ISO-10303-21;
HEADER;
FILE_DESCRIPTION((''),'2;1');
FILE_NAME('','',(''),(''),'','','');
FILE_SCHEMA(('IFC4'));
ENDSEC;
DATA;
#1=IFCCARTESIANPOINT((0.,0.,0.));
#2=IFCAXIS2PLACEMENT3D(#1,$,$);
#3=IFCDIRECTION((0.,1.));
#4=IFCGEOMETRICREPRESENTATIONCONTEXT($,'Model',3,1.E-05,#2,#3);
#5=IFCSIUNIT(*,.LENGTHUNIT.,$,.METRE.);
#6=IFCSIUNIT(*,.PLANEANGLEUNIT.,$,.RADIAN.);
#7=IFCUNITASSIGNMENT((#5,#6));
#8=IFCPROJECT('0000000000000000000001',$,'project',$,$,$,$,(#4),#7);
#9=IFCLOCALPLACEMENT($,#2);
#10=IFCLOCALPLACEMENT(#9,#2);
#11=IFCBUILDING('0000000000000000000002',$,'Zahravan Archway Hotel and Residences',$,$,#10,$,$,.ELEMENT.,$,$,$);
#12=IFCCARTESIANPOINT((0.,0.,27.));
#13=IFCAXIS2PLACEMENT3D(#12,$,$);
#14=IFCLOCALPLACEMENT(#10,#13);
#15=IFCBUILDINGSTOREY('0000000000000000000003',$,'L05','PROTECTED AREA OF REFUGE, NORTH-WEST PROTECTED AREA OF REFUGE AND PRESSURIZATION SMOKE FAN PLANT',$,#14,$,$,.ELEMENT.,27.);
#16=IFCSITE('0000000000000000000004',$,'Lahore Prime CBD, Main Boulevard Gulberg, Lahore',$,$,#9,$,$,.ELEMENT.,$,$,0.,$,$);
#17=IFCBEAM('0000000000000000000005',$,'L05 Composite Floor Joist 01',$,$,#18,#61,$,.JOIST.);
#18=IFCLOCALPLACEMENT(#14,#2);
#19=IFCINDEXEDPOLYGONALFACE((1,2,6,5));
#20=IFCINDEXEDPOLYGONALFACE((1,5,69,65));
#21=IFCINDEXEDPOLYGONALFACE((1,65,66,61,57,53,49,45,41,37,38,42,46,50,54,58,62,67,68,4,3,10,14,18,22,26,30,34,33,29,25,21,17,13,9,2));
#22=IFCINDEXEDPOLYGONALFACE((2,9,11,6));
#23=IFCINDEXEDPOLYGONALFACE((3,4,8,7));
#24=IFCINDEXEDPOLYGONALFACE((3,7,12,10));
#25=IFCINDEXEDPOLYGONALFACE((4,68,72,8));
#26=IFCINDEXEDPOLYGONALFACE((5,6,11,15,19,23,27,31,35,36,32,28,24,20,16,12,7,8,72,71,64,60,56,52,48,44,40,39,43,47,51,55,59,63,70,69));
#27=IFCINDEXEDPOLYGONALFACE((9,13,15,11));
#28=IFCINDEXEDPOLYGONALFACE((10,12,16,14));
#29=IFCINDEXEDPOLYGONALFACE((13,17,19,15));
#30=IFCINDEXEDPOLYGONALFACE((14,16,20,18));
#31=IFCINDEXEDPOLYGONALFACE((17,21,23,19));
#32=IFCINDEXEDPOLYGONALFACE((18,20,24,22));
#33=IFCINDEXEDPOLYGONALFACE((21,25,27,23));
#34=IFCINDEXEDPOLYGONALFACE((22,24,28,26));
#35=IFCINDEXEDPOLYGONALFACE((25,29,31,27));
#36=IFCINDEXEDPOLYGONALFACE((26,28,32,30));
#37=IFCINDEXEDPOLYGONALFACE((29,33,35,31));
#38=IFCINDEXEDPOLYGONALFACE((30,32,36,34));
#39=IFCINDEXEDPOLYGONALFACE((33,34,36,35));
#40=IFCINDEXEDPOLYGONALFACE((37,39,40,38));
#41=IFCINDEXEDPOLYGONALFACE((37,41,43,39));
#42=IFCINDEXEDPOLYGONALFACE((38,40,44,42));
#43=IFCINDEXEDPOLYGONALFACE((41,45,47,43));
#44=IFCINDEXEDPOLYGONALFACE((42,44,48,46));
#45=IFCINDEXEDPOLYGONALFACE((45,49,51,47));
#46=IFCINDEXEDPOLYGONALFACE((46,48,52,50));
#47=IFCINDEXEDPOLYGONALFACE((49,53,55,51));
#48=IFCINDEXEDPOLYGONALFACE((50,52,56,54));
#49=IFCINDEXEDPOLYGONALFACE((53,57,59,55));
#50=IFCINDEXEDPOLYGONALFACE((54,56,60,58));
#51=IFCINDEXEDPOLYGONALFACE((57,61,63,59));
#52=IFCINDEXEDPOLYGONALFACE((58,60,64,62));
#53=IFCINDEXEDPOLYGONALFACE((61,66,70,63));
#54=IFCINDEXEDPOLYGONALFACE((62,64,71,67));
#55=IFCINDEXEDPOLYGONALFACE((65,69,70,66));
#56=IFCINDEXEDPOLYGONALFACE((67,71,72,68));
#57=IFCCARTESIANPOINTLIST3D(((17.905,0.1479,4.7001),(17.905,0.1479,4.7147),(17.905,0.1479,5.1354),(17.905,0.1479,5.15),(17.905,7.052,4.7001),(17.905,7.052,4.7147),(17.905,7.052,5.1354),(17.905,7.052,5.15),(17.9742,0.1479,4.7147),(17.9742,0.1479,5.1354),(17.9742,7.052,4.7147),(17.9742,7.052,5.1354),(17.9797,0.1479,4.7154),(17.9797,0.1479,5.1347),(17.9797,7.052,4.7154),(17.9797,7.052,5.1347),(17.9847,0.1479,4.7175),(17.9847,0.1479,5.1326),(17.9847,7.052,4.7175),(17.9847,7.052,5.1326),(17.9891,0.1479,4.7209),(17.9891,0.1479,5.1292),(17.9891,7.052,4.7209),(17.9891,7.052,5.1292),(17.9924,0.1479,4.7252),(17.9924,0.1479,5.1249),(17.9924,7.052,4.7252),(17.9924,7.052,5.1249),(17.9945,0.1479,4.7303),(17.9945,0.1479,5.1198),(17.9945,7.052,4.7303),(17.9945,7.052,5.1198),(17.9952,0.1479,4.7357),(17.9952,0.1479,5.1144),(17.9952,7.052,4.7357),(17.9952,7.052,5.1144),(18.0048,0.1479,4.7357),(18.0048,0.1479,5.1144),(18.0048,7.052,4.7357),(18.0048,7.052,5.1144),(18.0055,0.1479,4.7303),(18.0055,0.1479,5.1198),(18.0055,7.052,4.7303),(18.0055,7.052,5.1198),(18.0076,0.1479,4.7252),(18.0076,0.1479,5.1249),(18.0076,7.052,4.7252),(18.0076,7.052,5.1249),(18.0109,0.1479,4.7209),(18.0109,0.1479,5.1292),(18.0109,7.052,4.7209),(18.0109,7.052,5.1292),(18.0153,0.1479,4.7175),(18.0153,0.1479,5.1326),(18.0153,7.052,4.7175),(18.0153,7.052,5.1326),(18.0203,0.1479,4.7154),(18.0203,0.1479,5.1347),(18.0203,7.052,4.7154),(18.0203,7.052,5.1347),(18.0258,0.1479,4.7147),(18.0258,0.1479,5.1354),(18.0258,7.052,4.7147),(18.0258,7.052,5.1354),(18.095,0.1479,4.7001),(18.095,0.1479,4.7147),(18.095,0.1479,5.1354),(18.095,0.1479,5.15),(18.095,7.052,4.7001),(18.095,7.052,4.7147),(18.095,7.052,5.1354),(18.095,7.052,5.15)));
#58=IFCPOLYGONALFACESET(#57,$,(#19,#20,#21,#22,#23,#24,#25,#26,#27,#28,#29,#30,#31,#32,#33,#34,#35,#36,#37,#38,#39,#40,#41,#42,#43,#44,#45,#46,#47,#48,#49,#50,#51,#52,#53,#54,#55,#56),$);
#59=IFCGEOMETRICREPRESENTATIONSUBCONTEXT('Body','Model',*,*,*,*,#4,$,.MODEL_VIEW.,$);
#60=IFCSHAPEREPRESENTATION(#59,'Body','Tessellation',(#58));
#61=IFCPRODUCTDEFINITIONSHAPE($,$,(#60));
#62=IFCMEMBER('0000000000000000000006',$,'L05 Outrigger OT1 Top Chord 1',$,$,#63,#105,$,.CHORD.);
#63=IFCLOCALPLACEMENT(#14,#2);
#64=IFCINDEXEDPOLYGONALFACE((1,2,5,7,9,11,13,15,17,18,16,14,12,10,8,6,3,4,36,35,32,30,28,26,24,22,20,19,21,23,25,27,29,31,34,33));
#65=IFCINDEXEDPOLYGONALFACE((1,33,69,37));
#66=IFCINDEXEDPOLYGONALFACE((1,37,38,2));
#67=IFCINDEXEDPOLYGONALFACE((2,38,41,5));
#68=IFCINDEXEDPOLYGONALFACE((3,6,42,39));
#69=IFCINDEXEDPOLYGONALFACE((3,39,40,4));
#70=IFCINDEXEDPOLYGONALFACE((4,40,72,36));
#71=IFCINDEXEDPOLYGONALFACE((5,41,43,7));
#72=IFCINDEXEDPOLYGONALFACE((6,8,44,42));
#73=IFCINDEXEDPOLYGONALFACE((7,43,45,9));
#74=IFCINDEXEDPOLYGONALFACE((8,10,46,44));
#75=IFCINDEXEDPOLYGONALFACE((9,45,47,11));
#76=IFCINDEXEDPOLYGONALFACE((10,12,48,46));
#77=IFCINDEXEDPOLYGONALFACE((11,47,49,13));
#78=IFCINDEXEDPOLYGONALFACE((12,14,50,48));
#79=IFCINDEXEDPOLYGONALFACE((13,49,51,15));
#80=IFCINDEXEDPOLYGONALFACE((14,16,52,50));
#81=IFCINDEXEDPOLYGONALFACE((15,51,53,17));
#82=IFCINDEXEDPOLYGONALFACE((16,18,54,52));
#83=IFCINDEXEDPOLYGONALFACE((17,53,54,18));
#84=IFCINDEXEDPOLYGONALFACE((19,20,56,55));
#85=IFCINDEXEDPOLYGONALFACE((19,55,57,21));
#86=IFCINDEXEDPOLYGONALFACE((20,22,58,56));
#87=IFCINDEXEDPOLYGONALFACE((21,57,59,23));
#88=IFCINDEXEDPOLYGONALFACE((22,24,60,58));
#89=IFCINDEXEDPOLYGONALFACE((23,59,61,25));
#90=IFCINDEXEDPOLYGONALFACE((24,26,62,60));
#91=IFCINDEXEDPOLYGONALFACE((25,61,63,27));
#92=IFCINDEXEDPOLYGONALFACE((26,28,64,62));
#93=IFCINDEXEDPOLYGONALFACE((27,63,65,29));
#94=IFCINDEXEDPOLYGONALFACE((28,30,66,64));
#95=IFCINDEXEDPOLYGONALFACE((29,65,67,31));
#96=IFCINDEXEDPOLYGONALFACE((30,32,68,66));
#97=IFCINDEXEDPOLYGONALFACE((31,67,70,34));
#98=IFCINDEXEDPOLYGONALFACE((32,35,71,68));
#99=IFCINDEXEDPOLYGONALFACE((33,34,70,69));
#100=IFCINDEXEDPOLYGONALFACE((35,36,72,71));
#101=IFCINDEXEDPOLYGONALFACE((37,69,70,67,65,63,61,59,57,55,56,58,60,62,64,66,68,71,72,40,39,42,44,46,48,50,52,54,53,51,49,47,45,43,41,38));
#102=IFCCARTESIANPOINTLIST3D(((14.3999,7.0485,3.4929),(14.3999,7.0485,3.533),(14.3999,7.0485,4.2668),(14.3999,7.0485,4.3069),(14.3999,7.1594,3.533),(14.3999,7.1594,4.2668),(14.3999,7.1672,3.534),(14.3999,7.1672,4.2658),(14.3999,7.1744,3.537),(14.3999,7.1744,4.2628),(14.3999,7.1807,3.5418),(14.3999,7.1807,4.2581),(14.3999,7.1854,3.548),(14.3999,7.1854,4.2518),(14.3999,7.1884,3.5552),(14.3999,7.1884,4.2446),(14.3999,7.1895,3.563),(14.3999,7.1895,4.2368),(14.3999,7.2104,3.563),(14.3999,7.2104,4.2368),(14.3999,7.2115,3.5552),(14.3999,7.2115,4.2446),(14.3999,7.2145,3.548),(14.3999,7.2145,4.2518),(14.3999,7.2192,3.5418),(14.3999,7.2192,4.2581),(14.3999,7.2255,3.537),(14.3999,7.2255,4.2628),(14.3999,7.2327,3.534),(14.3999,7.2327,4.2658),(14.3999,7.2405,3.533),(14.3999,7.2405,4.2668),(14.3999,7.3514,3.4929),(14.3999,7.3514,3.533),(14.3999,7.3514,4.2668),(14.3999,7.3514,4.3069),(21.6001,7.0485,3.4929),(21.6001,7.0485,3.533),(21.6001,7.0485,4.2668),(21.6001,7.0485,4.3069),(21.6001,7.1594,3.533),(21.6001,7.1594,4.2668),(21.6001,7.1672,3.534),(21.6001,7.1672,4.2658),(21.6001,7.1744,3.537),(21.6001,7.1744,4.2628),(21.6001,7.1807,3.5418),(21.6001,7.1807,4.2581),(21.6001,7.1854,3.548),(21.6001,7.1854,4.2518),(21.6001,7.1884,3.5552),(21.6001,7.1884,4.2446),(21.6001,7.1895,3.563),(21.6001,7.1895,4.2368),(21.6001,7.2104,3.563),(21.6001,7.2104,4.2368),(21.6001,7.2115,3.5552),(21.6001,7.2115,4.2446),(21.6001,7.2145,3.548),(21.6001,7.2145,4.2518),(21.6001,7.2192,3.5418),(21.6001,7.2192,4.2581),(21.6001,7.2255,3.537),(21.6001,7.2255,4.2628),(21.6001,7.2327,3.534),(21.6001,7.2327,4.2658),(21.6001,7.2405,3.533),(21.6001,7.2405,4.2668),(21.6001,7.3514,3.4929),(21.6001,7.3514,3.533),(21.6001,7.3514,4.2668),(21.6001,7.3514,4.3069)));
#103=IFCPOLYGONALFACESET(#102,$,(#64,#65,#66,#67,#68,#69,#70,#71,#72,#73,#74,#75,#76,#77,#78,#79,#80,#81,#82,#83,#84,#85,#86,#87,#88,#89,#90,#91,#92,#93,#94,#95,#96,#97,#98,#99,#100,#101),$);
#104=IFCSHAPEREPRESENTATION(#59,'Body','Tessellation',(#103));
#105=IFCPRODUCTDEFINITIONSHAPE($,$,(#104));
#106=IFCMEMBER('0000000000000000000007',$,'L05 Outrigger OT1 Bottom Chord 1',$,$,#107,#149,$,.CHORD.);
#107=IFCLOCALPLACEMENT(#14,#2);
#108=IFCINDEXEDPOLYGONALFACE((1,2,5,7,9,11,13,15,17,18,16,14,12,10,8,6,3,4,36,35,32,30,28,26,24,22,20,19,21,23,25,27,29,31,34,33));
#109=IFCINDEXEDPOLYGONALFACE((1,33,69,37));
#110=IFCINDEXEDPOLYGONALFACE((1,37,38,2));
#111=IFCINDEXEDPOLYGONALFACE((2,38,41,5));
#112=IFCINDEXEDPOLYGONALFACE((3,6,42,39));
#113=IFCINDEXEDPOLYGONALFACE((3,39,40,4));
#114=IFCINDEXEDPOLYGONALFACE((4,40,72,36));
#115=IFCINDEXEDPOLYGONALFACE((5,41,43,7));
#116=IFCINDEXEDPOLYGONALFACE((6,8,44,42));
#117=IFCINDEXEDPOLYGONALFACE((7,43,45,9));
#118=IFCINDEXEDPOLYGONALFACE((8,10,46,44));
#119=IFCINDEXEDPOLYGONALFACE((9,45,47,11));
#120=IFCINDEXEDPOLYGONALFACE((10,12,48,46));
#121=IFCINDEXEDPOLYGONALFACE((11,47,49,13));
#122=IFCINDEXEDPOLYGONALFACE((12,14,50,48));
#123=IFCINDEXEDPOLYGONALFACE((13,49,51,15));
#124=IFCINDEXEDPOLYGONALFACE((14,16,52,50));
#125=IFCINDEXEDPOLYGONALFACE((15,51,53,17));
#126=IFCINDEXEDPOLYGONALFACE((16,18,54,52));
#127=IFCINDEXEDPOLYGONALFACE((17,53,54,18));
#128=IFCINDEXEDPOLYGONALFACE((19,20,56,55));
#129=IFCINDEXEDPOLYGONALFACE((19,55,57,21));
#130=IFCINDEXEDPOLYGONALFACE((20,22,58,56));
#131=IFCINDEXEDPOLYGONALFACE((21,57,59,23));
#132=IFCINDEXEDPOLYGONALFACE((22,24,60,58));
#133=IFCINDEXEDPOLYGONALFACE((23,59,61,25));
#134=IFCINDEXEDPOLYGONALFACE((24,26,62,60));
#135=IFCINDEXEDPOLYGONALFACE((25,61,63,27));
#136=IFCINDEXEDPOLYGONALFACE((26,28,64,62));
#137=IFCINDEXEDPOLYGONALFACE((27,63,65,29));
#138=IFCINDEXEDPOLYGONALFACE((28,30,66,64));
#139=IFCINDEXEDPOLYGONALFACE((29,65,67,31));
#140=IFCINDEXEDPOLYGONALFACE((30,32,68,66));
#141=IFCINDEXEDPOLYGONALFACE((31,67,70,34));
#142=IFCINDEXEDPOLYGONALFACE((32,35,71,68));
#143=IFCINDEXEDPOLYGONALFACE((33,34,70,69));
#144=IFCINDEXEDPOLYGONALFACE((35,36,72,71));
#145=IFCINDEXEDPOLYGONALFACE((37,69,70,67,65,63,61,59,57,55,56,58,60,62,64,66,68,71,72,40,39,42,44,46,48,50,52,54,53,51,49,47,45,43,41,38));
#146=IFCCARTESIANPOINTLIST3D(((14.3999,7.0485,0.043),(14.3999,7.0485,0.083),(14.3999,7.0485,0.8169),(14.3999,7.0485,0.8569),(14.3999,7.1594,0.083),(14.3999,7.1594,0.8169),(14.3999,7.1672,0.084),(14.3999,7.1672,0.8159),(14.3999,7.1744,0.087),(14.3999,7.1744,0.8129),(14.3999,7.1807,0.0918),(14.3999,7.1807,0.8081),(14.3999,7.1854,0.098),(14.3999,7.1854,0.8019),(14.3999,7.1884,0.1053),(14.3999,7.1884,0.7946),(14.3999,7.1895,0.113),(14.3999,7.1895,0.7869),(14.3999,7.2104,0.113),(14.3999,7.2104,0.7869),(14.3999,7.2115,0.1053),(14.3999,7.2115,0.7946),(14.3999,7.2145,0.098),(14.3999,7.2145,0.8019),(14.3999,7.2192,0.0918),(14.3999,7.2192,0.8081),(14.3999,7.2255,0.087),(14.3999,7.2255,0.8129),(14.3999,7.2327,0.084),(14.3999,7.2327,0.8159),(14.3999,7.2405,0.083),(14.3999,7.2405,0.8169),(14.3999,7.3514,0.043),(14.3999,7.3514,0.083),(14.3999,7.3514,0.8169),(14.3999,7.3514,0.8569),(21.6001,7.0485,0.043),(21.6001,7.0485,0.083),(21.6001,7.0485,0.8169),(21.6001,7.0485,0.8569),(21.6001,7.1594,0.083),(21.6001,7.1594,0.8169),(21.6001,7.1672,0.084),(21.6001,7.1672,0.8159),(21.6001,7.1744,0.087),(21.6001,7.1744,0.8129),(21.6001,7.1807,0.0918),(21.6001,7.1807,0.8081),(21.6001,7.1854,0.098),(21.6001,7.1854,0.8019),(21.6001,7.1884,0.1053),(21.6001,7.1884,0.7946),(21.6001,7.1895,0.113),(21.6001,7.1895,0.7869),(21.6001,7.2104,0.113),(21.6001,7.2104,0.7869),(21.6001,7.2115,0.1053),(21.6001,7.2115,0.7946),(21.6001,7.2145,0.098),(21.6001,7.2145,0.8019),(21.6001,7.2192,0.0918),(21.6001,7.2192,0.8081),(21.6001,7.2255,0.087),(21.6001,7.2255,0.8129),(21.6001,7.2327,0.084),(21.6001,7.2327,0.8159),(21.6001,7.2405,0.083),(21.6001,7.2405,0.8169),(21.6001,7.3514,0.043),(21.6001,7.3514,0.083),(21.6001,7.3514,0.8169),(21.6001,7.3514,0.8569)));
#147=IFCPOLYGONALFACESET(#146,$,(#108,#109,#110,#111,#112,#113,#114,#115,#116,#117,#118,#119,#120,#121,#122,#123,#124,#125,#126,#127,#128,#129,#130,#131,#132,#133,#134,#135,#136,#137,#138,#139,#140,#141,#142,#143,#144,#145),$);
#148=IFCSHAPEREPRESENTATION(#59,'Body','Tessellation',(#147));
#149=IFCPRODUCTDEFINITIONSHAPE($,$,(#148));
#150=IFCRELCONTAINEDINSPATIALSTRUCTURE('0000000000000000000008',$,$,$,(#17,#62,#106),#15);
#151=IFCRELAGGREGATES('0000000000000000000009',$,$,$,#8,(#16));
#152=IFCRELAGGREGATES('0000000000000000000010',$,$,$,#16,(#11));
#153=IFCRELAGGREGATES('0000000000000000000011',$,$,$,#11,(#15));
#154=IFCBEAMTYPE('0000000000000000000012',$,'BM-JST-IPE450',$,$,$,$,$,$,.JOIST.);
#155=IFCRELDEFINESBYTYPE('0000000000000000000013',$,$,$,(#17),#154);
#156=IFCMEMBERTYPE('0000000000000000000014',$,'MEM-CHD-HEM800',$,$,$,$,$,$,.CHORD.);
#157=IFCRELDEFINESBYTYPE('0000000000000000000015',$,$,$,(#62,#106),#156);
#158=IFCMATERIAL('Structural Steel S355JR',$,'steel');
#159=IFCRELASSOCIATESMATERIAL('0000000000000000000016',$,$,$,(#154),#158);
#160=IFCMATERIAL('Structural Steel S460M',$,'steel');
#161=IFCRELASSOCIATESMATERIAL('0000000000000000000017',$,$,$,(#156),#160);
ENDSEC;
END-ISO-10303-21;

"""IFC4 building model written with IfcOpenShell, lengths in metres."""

from ifc_helpers import new_model, si_unit, direction, frame, origin, origin_2d, place, context, subcontext, project, spatial, i_section, extrude, source, transform, mapped, material, material_profile, profile_set, type_object, type_shapes, element, save


model = new_model("IFC4")

# Units and contexts
model_context = context("Model", 3, precision=1e-05, world=origin(), true_north=direction((0.0, 1.0)))
body_context = subcontext(model_context, "Body", "Model", "MODEL_VIEW")
ifc_project = project(units=[si_unit("LENGTHUNIT", "METRE"), si_unit("PLANEANGLEUNIT", "RADIAN")], contexts=[model_context])

# Site, building, storey
site_placement = place(None, origin())
site = spatial("IfcSite", under=ifc_project, at=site_placement, Name="Lahore Prime CBD, Main Boulevard Gulberg, Lahore", CompositionType="ELEMENT", RefElevation=0.0)
building_placement = place(site_placement, origin())
building = spatial("IfcBuilding", under=site, at=building_placement, Name="Zahravan Archway Hotel and Residences", CompositionType="ELEMENT")
storey_placement = place(building_placement, frame((0.0, 0.0, 27.0)))
storey = spatial("IfcBuildingStorey", under=building, at=storey_placement, Name="L05", Description="PROTECTED AREA OF REFUGE, NORTH-WEST PROTECTED AREA OF REFUGE AND PRESSURIZATION SMOKE FAN PLANT", CompositionType="ELEMENT", Elevation=27.0)

# Shared definitions
ifc_material_1 = material(Name="Structural Steel S460M", Category="steel")

# Beam
ifc_material_2 = material(Name="Structural Steel S355JR", Category="steel")
ifc_material_profile_1 = material_profile(ifc_material_2, i_section(OverallWidth=0.1899, OverallDepth=0.45, WebThickness=0.0095, FlangeThickness=0.0146, FilletRadius=0.021, at=origin_2d()), Name="IPE 450", Category="steel")
ifc_profile_set_1 = profile_set([ifc_material_profile_1], Name="Structural Steel S355JR")
beam_type_1 = type_object("IfcBeamType", Name="BM-JST-IPE450", PredefinedType="JOIST", material=ifc_profile_set_1)
shared_shape_1 = source(origin(), body_context, "Body", "SweptSolid", [
    extrude(i_section(OverallWidth=0.1899, OverallDepth=0.45, WebThickness=0.0095, FlangeThickness=0.0146, FilletRadius=0.021, at=origin_2d()), origin(), (0.0, 0.0, 1.0), 6.9041),
])
type_shapes(beam_type_1, [shared_shape_1])
beam_1_placement = place(storey_placement, frame((18.0, 0.1479, 4.925), z_axis=(0.0, 1.0, 0.0), x_axis=(-1.0, 0.0, 0.0)))
element("IfcBeam", 1, at=beam_1_placement, inside=storey, type_object=beam_type_1, Name="L05 Composite Floor Joist 01", PredefinedType="JOIST", context=body_context, shape_type="MappedRepresentation", body=[
    mapped(shared_shape_1, transform((0.0, 0.0, 0.0), scale=1.0)),
])

# Members
ifc_material_profile_2 = material_profile(ifc_material_1, i_section(OverallWidth=0.303, OverallDepth=0.814, WebThickness=0.021, FlangeThickness=0.04, FilletRadius=0.03, at=origin_2d()), Name="HEM 800", Category="steel")
ifc_profile_set_2 = profile_set([ifc_material_profile_2], Name="Structural Steel S460M")
member_type_1 = type_object("IfcMemberType", Name="MEM-CHD-HEM800", PredefinedType="CHORD", material=ifc_profile_set_2)
shared_shape_2 = source(origin(), body_context, "Body", "SweptSolid", [
    extrude(i_section(OverallWidth=0.303, OverallDepth=0.814, WebThickness=0.021, FlangeThickness=0.04, FilletRadius=0.03, at=origin_2d()), origin(), (0.0, 0.0, 1.0), 7.2002),
])
type_shapes(member_type_1, [shared_shape_2])
for number, where, z_axis, x_axis, name in (
    (2, (14.3999, 7.2, 3.8999), (1.0, 0.0, 0.0), (0.0, 1.0, 0.0), "L05 Outrigger OT1 Top Chord 1"),
    (3, (14.3999, 7.2, 0.45), (1.0, 0.0, 0.0), (0.0, 1.0, 0.0), "L05 Outrigger OT1 Bottom Chord 1"),
):
    element("IfcMember", number, at=place(storey_placement, frame(where, z_axis=z_axis, x_axis=x_axis)), inside=storey, type_object=member_type_1, Name=name, PredefinedType="CHORD", context=body_context, shape_type="MappedRepresentation", body=[
        mapped(shared_shape_2, transform((0.0, 0.0, 0.0), scale=1.0)),
    ])

save(model, "model.ifc")
